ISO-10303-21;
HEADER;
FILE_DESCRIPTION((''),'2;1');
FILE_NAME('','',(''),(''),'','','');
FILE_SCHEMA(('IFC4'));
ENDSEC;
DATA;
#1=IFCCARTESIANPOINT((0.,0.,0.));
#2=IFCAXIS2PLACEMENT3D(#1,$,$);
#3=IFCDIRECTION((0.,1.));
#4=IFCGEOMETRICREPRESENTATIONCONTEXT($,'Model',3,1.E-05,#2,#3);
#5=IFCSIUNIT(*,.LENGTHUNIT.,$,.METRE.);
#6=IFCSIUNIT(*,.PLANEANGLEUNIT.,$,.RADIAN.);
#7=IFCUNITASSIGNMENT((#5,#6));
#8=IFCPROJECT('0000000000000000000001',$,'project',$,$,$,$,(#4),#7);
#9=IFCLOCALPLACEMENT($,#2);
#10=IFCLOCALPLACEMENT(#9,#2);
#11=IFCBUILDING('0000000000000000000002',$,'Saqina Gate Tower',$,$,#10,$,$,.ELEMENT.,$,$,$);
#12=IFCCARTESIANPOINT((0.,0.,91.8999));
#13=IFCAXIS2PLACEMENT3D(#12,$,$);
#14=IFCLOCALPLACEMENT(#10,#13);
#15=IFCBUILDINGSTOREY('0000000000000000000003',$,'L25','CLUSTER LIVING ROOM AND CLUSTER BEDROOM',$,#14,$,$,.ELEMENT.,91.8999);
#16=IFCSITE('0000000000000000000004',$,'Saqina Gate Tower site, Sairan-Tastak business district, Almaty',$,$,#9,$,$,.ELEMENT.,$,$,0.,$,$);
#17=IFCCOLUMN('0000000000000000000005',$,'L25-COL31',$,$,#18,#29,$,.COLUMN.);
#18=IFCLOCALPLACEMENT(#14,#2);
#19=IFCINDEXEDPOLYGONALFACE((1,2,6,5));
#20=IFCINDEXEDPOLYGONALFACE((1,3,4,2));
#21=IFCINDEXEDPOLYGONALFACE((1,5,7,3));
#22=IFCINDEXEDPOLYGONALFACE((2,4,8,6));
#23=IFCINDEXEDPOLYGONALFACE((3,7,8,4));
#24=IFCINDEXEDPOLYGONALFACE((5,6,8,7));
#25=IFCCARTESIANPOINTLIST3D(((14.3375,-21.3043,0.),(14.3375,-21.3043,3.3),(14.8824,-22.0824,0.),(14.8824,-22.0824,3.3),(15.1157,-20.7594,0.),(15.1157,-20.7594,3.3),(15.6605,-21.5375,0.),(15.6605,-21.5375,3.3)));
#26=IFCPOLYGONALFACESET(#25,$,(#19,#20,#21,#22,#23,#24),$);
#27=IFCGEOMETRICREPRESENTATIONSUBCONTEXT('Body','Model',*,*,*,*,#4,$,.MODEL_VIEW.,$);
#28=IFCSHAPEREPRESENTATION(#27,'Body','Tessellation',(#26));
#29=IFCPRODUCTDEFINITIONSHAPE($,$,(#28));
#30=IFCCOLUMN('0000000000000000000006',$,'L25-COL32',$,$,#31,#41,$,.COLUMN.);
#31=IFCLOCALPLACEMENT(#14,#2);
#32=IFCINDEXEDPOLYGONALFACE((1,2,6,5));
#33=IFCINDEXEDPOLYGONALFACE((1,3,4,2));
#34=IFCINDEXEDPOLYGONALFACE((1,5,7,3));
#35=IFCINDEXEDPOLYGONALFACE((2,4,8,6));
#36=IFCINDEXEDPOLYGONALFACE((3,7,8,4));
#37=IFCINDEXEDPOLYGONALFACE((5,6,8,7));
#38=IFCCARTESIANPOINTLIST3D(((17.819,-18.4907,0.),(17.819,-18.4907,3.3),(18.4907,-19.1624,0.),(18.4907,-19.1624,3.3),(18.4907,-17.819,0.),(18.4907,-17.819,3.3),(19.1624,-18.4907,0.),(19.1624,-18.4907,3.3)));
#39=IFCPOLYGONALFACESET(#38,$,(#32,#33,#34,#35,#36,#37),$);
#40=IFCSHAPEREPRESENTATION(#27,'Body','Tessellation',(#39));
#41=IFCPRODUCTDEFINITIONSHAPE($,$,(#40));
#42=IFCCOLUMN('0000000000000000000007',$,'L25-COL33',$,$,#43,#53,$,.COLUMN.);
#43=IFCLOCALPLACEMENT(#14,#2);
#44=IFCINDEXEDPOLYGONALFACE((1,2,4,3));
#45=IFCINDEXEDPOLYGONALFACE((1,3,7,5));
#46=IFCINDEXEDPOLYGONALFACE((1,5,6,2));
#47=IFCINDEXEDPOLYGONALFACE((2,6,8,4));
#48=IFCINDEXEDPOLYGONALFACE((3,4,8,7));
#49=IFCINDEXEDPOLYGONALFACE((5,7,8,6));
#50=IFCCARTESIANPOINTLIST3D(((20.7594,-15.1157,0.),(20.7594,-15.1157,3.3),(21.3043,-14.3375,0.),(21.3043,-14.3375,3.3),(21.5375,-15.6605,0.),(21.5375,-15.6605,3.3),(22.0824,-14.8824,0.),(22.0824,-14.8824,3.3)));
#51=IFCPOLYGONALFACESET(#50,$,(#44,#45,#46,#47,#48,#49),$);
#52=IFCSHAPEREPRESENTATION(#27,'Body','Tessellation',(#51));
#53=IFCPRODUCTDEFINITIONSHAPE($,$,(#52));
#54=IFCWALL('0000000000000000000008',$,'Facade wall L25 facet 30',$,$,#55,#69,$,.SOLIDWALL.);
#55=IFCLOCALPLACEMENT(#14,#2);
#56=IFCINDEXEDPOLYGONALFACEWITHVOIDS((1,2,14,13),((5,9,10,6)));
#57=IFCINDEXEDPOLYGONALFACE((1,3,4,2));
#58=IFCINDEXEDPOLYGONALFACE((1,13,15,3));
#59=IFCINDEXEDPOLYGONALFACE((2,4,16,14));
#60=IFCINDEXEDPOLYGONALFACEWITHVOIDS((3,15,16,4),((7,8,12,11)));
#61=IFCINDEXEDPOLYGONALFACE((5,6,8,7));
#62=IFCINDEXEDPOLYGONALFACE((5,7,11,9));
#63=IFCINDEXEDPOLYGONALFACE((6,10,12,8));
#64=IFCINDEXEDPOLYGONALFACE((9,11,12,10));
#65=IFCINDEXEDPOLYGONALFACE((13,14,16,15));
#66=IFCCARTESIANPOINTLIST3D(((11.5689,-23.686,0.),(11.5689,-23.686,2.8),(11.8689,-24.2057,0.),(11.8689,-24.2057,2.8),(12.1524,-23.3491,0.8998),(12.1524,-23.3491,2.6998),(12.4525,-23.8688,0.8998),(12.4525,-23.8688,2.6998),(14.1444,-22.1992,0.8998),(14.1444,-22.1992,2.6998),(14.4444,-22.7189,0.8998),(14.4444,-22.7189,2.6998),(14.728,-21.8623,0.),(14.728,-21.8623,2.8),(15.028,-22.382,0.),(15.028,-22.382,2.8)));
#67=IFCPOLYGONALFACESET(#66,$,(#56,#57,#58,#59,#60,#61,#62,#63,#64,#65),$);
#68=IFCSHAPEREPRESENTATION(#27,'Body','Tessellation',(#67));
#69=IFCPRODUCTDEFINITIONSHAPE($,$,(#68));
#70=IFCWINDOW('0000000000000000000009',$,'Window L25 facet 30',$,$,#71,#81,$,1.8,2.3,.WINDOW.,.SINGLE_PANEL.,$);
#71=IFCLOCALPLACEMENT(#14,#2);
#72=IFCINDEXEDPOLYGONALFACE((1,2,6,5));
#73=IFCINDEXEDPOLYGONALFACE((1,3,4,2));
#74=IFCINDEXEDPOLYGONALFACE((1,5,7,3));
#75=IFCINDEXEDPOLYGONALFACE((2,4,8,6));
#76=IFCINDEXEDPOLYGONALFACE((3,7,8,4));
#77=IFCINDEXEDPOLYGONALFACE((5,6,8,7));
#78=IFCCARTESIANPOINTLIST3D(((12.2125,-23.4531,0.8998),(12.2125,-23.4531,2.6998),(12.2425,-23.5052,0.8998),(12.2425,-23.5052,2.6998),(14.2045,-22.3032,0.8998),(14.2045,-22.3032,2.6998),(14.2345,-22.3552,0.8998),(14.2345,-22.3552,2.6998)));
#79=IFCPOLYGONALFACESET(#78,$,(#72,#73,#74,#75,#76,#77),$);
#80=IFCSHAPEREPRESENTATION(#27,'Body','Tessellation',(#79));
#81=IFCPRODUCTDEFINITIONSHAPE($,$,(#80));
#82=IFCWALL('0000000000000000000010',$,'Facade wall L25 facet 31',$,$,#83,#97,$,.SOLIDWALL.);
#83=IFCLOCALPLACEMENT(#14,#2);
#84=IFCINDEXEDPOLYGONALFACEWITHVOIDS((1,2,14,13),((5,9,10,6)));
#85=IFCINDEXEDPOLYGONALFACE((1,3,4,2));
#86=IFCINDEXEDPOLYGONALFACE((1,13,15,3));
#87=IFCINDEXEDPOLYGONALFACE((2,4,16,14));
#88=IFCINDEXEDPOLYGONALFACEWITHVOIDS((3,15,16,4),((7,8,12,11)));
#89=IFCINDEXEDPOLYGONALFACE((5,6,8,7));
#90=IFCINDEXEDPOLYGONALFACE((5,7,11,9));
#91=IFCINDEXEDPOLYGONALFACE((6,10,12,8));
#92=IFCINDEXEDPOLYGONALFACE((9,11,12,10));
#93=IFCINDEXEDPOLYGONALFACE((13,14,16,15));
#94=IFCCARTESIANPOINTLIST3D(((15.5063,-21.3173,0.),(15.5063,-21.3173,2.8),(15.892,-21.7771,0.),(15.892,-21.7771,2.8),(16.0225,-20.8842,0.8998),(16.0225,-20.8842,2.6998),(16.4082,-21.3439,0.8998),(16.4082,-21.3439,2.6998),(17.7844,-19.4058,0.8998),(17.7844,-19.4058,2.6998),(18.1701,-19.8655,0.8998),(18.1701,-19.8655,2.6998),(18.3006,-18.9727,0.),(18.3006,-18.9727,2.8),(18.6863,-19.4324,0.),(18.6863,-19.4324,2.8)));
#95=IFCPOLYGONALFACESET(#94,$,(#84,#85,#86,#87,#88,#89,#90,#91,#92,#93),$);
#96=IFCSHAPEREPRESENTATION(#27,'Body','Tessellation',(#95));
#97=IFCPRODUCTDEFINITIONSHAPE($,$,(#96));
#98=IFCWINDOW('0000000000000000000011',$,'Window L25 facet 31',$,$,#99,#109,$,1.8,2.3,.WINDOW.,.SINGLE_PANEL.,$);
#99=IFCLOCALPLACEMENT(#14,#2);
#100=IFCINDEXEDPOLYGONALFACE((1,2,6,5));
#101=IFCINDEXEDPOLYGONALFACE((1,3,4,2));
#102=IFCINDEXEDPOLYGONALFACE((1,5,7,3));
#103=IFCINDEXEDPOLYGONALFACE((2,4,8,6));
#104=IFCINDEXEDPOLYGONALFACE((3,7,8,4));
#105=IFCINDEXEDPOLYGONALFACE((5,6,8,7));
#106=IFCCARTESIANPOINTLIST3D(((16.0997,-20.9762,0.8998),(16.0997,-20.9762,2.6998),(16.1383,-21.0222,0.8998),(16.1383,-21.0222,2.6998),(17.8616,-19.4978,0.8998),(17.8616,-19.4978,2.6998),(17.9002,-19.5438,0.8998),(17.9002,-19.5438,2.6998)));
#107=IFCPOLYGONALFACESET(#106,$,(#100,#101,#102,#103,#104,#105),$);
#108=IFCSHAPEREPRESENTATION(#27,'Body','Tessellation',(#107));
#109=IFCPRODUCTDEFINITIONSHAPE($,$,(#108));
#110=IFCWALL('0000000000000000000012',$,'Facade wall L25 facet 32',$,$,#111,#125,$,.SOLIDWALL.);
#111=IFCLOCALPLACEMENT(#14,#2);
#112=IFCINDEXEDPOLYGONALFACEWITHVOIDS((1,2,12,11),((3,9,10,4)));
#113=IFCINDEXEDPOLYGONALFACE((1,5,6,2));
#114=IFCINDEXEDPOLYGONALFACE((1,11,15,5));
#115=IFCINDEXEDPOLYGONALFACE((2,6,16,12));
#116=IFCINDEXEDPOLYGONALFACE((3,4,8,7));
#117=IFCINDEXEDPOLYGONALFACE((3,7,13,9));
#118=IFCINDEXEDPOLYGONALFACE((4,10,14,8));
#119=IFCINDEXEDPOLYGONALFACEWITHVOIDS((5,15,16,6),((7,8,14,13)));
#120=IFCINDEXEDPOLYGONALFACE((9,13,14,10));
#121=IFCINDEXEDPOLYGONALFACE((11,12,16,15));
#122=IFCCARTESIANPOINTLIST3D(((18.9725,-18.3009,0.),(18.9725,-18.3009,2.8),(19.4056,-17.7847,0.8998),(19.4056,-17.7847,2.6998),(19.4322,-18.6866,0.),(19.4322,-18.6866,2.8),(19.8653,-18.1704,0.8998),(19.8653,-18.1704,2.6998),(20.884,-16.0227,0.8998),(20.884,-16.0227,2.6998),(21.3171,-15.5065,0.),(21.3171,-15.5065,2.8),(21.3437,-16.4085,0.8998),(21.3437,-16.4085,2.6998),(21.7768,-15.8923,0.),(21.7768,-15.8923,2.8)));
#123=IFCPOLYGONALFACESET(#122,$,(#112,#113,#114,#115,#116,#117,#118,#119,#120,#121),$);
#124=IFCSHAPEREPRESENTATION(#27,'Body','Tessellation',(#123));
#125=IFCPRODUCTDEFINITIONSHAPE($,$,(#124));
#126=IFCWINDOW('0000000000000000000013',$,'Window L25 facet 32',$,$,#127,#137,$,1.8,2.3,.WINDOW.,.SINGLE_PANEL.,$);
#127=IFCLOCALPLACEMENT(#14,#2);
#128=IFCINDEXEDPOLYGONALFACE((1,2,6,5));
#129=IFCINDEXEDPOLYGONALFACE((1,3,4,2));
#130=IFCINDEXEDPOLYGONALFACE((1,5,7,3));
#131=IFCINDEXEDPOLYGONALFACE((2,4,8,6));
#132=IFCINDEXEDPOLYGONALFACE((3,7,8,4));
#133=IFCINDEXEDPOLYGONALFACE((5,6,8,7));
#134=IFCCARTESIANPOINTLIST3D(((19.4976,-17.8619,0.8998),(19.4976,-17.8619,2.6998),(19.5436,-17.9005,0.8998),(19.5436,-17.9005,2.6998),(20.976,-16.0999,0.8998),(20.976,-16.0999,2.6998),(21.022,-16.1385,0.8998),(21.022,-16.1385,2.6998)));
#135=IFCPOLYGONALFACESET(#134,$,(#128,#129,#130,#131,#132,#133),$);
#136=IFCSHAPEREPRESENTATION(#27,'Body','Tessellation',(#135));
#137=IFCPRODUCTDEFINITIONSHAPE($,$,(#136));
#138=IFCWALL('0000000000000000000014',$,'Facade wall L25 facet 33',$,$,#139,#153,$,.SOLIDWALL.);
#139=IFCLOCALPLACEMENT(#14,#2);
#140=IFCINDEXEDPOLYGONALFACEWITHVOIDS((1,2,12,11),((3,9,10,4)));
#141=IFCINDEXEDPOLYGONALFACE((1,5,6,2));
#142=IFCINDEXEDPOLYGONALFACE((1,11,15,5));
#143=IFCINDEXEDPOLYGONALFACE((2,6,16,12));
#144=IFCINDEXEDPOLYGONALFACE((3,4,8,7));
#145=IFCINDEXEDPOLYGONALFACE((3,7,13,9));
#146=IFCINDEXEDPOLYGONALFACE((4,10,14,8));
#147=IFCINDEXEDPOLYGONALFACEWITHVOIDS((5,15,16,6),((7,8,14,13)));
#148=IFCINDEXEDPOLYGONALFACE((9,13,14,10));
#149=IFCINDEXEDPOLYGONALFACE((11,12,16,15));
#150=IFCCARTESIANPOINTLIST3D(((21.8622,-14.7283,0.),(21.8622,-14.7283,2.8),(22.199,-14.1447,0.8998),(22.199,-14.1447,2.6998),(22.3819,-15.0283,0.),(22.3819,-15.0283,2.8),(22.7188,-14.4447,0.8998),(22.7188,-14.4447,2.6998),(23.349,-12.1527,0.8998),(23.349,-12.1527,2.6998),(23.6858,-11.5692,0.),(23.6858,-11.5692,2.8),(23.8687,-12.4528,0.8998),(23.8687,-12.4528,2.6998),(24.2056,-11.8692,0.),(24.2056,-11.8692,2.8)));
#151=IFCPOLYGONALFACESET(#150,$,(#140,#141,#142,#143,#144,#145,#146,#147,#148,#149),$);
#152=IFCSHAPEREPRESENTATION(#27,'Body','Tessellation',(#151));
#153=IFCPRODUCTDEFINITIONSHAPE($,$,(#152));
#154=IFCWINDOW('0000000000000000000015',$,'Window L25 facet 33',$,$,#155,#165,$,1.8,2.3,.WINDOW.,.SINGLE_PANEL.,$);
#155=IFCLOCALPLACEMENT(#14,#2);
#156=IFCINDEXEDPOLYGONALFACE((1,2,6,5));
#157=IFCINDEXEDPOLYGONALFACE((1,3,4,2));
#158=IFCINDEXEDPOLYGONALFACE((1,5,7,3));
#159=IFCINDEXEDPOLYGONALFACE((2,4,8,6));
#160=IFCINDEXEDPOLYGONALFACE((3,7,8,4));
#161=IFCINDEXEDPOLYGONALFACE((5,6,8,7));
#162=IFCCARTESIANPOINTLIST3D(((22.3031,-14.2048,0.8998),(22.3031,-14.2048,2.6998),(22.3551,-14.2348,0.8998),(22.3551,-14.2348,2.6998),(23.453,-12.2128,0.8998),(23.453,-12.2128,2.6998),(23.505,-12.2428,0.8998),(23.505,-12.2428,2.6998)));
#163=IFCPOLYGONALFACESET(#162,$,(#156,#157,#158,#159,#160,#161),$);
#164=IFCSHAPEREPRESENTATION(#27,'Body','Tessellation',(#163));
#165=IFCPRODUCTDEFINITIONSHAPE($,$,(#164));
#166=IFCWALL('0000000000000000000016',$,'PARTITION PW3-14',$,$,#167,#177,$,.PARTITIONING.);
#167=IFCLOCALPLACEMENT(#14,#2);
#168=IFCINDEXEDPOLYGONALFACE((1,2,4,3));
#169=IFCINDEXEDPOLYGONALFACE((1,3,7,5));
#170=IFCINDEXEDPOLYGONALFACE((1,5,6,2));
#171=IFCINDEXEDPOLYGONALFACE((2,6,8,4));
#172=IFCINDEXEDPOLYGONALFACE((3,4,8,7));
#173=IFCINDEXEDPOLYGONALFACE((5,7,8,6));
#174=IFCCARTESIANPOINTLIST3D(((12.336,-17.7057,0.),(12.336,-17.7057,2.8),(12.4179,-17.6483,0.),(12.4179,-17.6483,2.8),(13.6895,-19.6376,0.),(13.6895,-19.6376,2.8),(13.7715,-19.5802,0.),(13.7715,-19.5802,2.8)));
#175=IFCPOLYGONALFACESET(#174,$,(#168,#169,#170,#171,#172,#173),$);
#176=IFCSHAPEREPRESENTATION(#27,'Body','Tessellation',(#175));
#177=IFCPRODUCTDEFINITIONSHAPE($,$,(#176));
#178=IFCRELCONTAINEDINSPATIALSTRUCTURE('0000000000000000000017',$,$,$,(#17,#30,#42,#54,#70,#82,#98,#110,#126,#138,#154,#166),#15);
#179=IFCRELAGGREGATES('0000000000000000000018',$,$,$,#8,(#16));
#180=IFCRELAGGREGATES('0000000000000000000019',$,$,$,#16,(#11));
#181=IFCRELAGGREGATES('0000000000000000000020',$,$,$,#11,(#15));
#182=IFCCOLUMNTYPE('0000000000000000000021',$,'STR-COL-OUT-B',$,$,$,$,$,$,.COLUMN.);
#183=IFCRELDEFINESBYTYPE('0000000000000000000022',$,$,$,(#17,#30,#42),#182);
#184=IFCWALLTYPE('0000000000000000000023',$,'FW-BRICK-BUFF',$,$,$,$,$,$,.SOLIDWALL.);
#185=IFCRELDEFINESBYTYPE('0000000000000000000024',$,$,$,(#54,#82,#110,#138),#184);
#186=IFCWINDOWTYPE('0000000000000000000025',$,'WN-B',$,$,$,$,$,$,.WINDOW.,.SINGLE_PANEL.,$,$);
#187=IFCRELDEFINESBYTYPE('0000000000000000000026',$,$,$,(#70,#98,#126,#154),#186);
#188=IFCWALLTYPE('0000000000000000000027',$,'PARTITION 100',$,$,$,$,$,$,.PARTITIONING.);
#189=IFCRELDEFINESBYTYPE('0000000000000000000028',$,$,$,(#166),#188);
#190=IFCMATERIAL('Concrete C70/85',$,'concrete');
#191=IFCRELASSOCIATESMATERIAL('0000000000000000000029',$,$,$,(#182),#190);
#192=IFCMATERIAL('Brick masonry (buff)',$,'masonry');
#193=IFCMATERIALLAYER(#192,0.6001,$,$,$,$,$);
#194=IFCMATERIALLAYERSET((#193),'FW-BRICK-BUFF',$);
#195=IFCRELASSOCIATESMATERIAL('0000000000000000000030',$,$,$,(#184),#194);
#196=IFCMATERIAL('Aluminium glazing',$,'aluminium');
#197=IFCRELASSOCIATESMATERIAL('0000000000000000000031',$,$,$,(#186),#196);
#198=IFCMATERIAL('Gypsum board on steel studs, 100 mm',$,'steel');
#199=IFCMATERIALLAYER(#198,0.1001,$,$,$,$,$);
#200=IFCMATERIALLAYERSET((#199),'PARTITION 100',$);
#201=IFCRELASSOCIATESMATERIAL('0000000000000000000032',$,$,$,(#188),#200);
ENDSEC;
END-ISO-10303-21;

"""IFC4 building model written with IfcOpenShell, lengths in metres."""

from ifc_helpers import new_model, si_unit, direction, frame, frame_2d, origin, origin_2d, place, context, subcontext, project, spatial, rectangle, extrude, material, layer, layer_set, material_profile, profile_set, type_object, element, fill, save


model = new_model("IFC4")

# Units and contexts
model_context = context("Model", 3, precision=1e-05, world=origin(), true_north=direction((0.0, 1.0)))
body_context = subcontext(model_context, "Body", "Model", "MODEL_VIEW")
ifc_project = project(units=[si_unit("LENGTHUNIT", "METRE"), si_unit("PLANEANGLEUNIT", "RADIAN")], contexts=[model_context])

# Site, building, storey
site_placement = place(None, origin())
site = spatial("IfcSite", under=ifc_project, at=site_placement, Name="Saqina Gate Tower site, Sairan-Tastak business district, Almaty", CompositionType="ELEMENT", RefElevation=0.0)
building_placement = place(site_placement, origin())
building = spatial("IfcBuilding", under=site, at=building_placement, Name="Saqina Gate Tower", CompositionType="ELEMENT")
storey_placement = place(building_placement, frame((0.0, 0.0, 91.8999)))
storey = spatial("IfcBuildingStorey", under=building, at=storey_placement, Name="L25", Description="CLUSTER LIVING ROOM AND CLUSTER BEDROOM", CompositionType="ELEMENT", Elevation=91.8999)

# Columns
ifc_material_1 = material(Name="Concrete C70/85", Category="concrete")
ifc_material_profile = material_profile(ifc_material_1, rectangle(XDim=0.95, YDim=0.95, at=origin_2d()), Name="RC 950x950")
ifc_profile_set = profile_set([ifc_material_profile], Name="Concrete C70/85")
column_type = type_object("IfcColumnType", Name="STR-COL-OUT-B", PredefinedType="COLUMN", material=ifc_profile_set)
for number, where, z_axis, x_axis, name in (
    (1, (14.999, -21.4209, 0.0), (0.0, 0.0, 1.0), (0.573576, -0.819152, 0.0), "L25-COL31"),
    (2, (18.4907, -18.4907, 0.0), (0.0, 0.0, 1.0), (0.707107, -0.707107, 0.0), "L25-COL32"),
    (3, (21.4209, -14.999, 0.0), (0.0, 0.0, 1.0), (0.819152, -0.573576, 0.0), "L25-COL33"),
):
    element("IfcColumn", number, at=place(storey_placement, frame(where, z_axis=z_axis, x_axis=x_axis)), inside=storey, type_object=column_type, Name=name, PredefinedType="COLUMN", context=body_context, shape_type="SweptSolid", body=[
        extrude(rectangle(XDim=0.95, YDim=0.95, at=origin_2d()), origin(), (0.0, 0.0, 1.0), 3.3),
    ])

# Walls, openings, windows
ifc_material_2 = material(Name="Brick masonry (buff)", Category="masonry")
ifc_layer_1 = layer(ifc_material_2, 0.6001)
ifc_layer_set_1 = layer_set([ifc_layer_1], Name="FW-BRICK-BUFF")
wall_type_1 = type_object("IfcWallType", Name="FW-BRICK-BUFF", PredefinedType="SOLIDWALL", material=ifc_layer_set_1)
wall_1_placement = place(storey_placement, frame((11.719, -23.9458, 0.0), z_axis=(0.0, 0.0, 1.0), x_axis=(0.866052, 0.499954, 0.0)))
wall_1 = element("IfcWall", 4, at=wall_1_placement, inside=storey, type_object=wall_type_1, Name="Facade wall L25 facet 30", PredefinedType="SOLIDWALL", context=body_context, shape_type="SweptSolid", body=[
    extrude(rectangle(XDim=3.6477, YDim=0.6001, at=frame_2d((1.8237, 0.0))), origin(), (0.0, 0.0, 1.0), 2.8),
])
opening_1_placement = place(wall_1_placement, frame((0.6738, 0.0, 0.8999)))
opening_1 = element("IfcOpeningElement", 5, at=opening_1_placement, cuts=wall_1, PredefinedType="OPENING", context=body_context, shape_type="SweptSolid", body=[
    extrude(rectangle(XDim=2.3, YDim=1.8, at=frame_2d((1.1499, 0.8999))), frame((0.0, 0.312, 0.0), z_axis=(0.0, -1.0, 0.0), x_axis=(1.0, 0.0, 0.0)), (0.0, 0.0, 1.0), 0.624),
])
ifc_material_3 = material(Name="Aluminium glazing", Category="aluminium")
window_type = type_object("IfcWindowType", Name="WN-B", PartitioningType="SINGLE_PANEL", PredefinedType="WINDOW", material=ifc_material_3)
window_1_placement = place(opening_1_placement, origin())
window_1 = element("IfcWindow", 6, at=window_1_placement, inside=storey, type_object=window_type, Name="Window L25 facet 30", OverallHeight=1.8, OverallWidth=2.3, PartitioningType="SINGLE_PANEL", PredefinedType="WINDOW", context=body_context, shape_type="SweptSolid", body=[
    extrude(rectangle(XDim=2.3, YDim=1.8, at=frame_2d((1.1499, 0.8999))), frame((0.0, 0.1799, 0.0), z_axis=(0.0, -1.0, 0.0), x_axis=(1.0, 0.0, 0.0)), (0.0, 0.0, 1.0), 0.0601),
])
fill(opening_1, window_1)
wall_2_placement = place(storey_placement, frame((15.6992, -21.5471, 0.0), z_axis=(0.0, 0.0, 1.0), x_axis=(0.766055, 0.642774, 0.0)))
wall_2 = element("IfcWall", 7, at=wall_2_placement, inside=storey, type_object=wall_type_1, Name="Facade wall L25 facet 31", PredefinedType="SOLIDWALL", context=body_context, shape_type="SweptSolid", body=[
    extrude(rectangle(XDim=3.6477, YDim=0.6001, at=frame_2d((1.8237, 0.0))), origin(), (0.0, 0.0, 1.0), 2.8),
])
opening_2_placement = place(wall_2_placement, frame((0.6738, 0.0, 0.8999)))
opening_2 = element("IfcOpeningElement", 8, at=opening_2_placement, cuts=wall_2, PredefinedType="OPENING", context=body_context, shape_type="SweptSolid", body=[
    extrude(rectangle(XDim=2.3, YDim=1.8, at=frame_2d((1.1499, 0.8999))), frame((0.0, 0.312, 0.0), z_axis=(0.0, -1.0, 0.0), x_axis=(1.0, 0.0, 0.0)), (0.0, 0.0, 1.0), 0.624),
])
window_2_placement = place(opening_2_placement, origin())
window_2 = element("IfcWindow", 9, at=window_2_placement, inside=storey, type_object=window_type, Name="Window L25 facet 31", OverallHeight=1.8, OverallWidth=2.3, PartitioningType="SINGLE_PANEL", PredefinedType="WINDOW", context=body_context, shape_type="SweptSolid", body=[
    extrude(rectangle(XDim=2.3, YDim=1.8, at=frame_2d((1.1499, 0.8999))), frame((0.0, 0.1799, 0.0), z_axis=(0.0, -1.0, 0.0), x_axis=(1.0, 0.0, 0.0)), (0.0, 0.0, 1.0), 0.0601),
])
fill(opening_2, window_2)
wall_3_placement = place(storey_placement, frame((19.2024, -18.4937, 0.0), z_axis=(0.0, 0.0, 1.0), x_axis=(0.642774, 0.766055, 0.0)))
wall_3 = element("IfcWall", 10, at=wall_3_placement, inside=storey, type_object=wall_type_1, Name="Facade wall L25 facet 32", PredefinedType="SOLIDWALL", context=body_context, shape_type="SweptSolid", body=[
    extrude(rectangle(XDim=3.6477, YDim=0.6001, at=frame_2d((1.8237, 0.0))), origin(), (0.0, 0.0, 1.0), 2.8),
])
opening_3_placement = place(wall_3_placement, frame((0.6738, 0.0, 0.8999)))
opening_3 = element("IfcOpeningElement", 11, at=opening_3_placement, cuts=wall_3, PredefinedType="OPENING", context=body_context, shape_type="SweptSolid", body=[
    extrude(rectangle(XDim=2.3, YDim=1.8, at=frame_2d((1.1499, 0.8999))), frame((0.0, 0.312, 0.0), z_axis=(0.0, -1.0, 0.0), x_axis=(1.0, 0.0, 0.0)), (0.0, 0.0, 1.0), 0.624),
])
window_3_placement = place(opening_3_placement, origin())
window_3 = element("IfcWindow", 12, at=window_3_placement, inside=storey, type_object=window_type, Name="Window L25 facet 32", OverallHeight=1.8, OverallWidth=2.3, PartitioningType="SINGLE_PANEL", PredefinedType="WINDOW", context=body_context, shape_type="SweptSolid", body=[
    extrude(rectangle(XDim=2.3, YDim=1.8, at=frame_2d((1.1499, 0.8999))), frame((0.0, 0.1799, 0.0), z_axis=(0.0, -1.0, 0.0), x_axis=(1.0, 0.0, 0.0)), (0.0, 0.0, 1.0), 0.0601),
])
fill(opening_3, window_3)
wall_4_placement = place(storey_placement, frame((22.1221, -14.8782, 0.0), z_axis=(0.0, 0.0, 1.0), x_axis=(0.499954, 0.866052, 0.0)))
wall_4 = element("IfcWall", 13, at=wall_4_placement, inside=storey, type_object=wall_type_1, Name="Facade wall L25 facet 33", PredefinedType="SOLIDWALL", context=body_context, shape_type="SweptSolid", body=[
    extrude(rectangle(XDim=3.6477, YDim=0.6001, at=frame_2d((1.8237, 0.0))), origin(), (0.0, 0.0, 1.0), 2.8),
])
opening_4_placement = place(wall_4_placement, frame((0.6738, 0.0, 0.8999)))
opening_4 = element("IfcOpeningElement", 14, at=opening_4_placement, cuts=wall_4, PredefinedType="OPENING", context=body_context, shape_type="SweptSolid", body=[
    extrude(rectangle(XDim=2.3, YDim=1.8, at=frame_2d((1.1499, 0.8999))), frame((0.0, 0.312, 0.0), z_axis=(0.0, -1.0, 0.0), x_axis=(1.0, 0.0, 0.0)), (0.0, 0.0, 1.0), 0.624),
])
window_4_placement = place(opening_4_placement, origin())
window_4 = element("IfcWindow", 15, at=window_4_placement, inside=storey, type_object=window_type, Name="Window L25 facet 33", OverallHeight=1.8, OverallWidth=2.3, PartitioningType="SINGLE_PANEL", PredefinedType="WINDOW", context=body_context, shape_type="SweptSolid", body=[
    extrude(rectangle(XDim=2.3, YDim=1.8, at=frame_2d((1.1499, 0.8999))), frame((0.0, 0.1799, 0.0), z_axis=(0.0, -1.0, 0.0), x_axis=(1.0, 0.0, 0.0)), (0.0, 0.0, 1.0), 0.0601),
])
fill(opening_4, window_4)

# Wall
ifc_material_4 = material(Name="Gypsum board on steel studs, 100 mm", Category="steel")
ifc_layer_2 = layer(ifc_material_4, 0.1001)
ifc_layer_set_2 = layer_set([ifc_layer_2], Name="PARTITION 100")
wall_type_2 = type_object("IfcWallType", Name="PARTITION 100", PredefinedType="PARTITIONING", material=ifc_layer_set_2)
wall_5_placement = place(storey_placement, frame((12.377, -17.677, 0.0), z_axis=(0.0, 0.0, 1.0), x_axis=(0.573803, -0.818994, 0.0)))
element("IfcWall", 16, at=wall_5_placement, inside=storey, type_object=wall_type_2, Name="PARTITION PW3-14", PredefinedType="PARTITIONING", context=body_context, shape_type="SweptSolid", body=[
    extrude(rectangle(XDim=2.3589, YDim=0.1001, at=frame_2d((1.1794, 0.0))), origin(), (0.0, 0.0, 1.0), 2.8),
])

save(model, "model.ifc")
